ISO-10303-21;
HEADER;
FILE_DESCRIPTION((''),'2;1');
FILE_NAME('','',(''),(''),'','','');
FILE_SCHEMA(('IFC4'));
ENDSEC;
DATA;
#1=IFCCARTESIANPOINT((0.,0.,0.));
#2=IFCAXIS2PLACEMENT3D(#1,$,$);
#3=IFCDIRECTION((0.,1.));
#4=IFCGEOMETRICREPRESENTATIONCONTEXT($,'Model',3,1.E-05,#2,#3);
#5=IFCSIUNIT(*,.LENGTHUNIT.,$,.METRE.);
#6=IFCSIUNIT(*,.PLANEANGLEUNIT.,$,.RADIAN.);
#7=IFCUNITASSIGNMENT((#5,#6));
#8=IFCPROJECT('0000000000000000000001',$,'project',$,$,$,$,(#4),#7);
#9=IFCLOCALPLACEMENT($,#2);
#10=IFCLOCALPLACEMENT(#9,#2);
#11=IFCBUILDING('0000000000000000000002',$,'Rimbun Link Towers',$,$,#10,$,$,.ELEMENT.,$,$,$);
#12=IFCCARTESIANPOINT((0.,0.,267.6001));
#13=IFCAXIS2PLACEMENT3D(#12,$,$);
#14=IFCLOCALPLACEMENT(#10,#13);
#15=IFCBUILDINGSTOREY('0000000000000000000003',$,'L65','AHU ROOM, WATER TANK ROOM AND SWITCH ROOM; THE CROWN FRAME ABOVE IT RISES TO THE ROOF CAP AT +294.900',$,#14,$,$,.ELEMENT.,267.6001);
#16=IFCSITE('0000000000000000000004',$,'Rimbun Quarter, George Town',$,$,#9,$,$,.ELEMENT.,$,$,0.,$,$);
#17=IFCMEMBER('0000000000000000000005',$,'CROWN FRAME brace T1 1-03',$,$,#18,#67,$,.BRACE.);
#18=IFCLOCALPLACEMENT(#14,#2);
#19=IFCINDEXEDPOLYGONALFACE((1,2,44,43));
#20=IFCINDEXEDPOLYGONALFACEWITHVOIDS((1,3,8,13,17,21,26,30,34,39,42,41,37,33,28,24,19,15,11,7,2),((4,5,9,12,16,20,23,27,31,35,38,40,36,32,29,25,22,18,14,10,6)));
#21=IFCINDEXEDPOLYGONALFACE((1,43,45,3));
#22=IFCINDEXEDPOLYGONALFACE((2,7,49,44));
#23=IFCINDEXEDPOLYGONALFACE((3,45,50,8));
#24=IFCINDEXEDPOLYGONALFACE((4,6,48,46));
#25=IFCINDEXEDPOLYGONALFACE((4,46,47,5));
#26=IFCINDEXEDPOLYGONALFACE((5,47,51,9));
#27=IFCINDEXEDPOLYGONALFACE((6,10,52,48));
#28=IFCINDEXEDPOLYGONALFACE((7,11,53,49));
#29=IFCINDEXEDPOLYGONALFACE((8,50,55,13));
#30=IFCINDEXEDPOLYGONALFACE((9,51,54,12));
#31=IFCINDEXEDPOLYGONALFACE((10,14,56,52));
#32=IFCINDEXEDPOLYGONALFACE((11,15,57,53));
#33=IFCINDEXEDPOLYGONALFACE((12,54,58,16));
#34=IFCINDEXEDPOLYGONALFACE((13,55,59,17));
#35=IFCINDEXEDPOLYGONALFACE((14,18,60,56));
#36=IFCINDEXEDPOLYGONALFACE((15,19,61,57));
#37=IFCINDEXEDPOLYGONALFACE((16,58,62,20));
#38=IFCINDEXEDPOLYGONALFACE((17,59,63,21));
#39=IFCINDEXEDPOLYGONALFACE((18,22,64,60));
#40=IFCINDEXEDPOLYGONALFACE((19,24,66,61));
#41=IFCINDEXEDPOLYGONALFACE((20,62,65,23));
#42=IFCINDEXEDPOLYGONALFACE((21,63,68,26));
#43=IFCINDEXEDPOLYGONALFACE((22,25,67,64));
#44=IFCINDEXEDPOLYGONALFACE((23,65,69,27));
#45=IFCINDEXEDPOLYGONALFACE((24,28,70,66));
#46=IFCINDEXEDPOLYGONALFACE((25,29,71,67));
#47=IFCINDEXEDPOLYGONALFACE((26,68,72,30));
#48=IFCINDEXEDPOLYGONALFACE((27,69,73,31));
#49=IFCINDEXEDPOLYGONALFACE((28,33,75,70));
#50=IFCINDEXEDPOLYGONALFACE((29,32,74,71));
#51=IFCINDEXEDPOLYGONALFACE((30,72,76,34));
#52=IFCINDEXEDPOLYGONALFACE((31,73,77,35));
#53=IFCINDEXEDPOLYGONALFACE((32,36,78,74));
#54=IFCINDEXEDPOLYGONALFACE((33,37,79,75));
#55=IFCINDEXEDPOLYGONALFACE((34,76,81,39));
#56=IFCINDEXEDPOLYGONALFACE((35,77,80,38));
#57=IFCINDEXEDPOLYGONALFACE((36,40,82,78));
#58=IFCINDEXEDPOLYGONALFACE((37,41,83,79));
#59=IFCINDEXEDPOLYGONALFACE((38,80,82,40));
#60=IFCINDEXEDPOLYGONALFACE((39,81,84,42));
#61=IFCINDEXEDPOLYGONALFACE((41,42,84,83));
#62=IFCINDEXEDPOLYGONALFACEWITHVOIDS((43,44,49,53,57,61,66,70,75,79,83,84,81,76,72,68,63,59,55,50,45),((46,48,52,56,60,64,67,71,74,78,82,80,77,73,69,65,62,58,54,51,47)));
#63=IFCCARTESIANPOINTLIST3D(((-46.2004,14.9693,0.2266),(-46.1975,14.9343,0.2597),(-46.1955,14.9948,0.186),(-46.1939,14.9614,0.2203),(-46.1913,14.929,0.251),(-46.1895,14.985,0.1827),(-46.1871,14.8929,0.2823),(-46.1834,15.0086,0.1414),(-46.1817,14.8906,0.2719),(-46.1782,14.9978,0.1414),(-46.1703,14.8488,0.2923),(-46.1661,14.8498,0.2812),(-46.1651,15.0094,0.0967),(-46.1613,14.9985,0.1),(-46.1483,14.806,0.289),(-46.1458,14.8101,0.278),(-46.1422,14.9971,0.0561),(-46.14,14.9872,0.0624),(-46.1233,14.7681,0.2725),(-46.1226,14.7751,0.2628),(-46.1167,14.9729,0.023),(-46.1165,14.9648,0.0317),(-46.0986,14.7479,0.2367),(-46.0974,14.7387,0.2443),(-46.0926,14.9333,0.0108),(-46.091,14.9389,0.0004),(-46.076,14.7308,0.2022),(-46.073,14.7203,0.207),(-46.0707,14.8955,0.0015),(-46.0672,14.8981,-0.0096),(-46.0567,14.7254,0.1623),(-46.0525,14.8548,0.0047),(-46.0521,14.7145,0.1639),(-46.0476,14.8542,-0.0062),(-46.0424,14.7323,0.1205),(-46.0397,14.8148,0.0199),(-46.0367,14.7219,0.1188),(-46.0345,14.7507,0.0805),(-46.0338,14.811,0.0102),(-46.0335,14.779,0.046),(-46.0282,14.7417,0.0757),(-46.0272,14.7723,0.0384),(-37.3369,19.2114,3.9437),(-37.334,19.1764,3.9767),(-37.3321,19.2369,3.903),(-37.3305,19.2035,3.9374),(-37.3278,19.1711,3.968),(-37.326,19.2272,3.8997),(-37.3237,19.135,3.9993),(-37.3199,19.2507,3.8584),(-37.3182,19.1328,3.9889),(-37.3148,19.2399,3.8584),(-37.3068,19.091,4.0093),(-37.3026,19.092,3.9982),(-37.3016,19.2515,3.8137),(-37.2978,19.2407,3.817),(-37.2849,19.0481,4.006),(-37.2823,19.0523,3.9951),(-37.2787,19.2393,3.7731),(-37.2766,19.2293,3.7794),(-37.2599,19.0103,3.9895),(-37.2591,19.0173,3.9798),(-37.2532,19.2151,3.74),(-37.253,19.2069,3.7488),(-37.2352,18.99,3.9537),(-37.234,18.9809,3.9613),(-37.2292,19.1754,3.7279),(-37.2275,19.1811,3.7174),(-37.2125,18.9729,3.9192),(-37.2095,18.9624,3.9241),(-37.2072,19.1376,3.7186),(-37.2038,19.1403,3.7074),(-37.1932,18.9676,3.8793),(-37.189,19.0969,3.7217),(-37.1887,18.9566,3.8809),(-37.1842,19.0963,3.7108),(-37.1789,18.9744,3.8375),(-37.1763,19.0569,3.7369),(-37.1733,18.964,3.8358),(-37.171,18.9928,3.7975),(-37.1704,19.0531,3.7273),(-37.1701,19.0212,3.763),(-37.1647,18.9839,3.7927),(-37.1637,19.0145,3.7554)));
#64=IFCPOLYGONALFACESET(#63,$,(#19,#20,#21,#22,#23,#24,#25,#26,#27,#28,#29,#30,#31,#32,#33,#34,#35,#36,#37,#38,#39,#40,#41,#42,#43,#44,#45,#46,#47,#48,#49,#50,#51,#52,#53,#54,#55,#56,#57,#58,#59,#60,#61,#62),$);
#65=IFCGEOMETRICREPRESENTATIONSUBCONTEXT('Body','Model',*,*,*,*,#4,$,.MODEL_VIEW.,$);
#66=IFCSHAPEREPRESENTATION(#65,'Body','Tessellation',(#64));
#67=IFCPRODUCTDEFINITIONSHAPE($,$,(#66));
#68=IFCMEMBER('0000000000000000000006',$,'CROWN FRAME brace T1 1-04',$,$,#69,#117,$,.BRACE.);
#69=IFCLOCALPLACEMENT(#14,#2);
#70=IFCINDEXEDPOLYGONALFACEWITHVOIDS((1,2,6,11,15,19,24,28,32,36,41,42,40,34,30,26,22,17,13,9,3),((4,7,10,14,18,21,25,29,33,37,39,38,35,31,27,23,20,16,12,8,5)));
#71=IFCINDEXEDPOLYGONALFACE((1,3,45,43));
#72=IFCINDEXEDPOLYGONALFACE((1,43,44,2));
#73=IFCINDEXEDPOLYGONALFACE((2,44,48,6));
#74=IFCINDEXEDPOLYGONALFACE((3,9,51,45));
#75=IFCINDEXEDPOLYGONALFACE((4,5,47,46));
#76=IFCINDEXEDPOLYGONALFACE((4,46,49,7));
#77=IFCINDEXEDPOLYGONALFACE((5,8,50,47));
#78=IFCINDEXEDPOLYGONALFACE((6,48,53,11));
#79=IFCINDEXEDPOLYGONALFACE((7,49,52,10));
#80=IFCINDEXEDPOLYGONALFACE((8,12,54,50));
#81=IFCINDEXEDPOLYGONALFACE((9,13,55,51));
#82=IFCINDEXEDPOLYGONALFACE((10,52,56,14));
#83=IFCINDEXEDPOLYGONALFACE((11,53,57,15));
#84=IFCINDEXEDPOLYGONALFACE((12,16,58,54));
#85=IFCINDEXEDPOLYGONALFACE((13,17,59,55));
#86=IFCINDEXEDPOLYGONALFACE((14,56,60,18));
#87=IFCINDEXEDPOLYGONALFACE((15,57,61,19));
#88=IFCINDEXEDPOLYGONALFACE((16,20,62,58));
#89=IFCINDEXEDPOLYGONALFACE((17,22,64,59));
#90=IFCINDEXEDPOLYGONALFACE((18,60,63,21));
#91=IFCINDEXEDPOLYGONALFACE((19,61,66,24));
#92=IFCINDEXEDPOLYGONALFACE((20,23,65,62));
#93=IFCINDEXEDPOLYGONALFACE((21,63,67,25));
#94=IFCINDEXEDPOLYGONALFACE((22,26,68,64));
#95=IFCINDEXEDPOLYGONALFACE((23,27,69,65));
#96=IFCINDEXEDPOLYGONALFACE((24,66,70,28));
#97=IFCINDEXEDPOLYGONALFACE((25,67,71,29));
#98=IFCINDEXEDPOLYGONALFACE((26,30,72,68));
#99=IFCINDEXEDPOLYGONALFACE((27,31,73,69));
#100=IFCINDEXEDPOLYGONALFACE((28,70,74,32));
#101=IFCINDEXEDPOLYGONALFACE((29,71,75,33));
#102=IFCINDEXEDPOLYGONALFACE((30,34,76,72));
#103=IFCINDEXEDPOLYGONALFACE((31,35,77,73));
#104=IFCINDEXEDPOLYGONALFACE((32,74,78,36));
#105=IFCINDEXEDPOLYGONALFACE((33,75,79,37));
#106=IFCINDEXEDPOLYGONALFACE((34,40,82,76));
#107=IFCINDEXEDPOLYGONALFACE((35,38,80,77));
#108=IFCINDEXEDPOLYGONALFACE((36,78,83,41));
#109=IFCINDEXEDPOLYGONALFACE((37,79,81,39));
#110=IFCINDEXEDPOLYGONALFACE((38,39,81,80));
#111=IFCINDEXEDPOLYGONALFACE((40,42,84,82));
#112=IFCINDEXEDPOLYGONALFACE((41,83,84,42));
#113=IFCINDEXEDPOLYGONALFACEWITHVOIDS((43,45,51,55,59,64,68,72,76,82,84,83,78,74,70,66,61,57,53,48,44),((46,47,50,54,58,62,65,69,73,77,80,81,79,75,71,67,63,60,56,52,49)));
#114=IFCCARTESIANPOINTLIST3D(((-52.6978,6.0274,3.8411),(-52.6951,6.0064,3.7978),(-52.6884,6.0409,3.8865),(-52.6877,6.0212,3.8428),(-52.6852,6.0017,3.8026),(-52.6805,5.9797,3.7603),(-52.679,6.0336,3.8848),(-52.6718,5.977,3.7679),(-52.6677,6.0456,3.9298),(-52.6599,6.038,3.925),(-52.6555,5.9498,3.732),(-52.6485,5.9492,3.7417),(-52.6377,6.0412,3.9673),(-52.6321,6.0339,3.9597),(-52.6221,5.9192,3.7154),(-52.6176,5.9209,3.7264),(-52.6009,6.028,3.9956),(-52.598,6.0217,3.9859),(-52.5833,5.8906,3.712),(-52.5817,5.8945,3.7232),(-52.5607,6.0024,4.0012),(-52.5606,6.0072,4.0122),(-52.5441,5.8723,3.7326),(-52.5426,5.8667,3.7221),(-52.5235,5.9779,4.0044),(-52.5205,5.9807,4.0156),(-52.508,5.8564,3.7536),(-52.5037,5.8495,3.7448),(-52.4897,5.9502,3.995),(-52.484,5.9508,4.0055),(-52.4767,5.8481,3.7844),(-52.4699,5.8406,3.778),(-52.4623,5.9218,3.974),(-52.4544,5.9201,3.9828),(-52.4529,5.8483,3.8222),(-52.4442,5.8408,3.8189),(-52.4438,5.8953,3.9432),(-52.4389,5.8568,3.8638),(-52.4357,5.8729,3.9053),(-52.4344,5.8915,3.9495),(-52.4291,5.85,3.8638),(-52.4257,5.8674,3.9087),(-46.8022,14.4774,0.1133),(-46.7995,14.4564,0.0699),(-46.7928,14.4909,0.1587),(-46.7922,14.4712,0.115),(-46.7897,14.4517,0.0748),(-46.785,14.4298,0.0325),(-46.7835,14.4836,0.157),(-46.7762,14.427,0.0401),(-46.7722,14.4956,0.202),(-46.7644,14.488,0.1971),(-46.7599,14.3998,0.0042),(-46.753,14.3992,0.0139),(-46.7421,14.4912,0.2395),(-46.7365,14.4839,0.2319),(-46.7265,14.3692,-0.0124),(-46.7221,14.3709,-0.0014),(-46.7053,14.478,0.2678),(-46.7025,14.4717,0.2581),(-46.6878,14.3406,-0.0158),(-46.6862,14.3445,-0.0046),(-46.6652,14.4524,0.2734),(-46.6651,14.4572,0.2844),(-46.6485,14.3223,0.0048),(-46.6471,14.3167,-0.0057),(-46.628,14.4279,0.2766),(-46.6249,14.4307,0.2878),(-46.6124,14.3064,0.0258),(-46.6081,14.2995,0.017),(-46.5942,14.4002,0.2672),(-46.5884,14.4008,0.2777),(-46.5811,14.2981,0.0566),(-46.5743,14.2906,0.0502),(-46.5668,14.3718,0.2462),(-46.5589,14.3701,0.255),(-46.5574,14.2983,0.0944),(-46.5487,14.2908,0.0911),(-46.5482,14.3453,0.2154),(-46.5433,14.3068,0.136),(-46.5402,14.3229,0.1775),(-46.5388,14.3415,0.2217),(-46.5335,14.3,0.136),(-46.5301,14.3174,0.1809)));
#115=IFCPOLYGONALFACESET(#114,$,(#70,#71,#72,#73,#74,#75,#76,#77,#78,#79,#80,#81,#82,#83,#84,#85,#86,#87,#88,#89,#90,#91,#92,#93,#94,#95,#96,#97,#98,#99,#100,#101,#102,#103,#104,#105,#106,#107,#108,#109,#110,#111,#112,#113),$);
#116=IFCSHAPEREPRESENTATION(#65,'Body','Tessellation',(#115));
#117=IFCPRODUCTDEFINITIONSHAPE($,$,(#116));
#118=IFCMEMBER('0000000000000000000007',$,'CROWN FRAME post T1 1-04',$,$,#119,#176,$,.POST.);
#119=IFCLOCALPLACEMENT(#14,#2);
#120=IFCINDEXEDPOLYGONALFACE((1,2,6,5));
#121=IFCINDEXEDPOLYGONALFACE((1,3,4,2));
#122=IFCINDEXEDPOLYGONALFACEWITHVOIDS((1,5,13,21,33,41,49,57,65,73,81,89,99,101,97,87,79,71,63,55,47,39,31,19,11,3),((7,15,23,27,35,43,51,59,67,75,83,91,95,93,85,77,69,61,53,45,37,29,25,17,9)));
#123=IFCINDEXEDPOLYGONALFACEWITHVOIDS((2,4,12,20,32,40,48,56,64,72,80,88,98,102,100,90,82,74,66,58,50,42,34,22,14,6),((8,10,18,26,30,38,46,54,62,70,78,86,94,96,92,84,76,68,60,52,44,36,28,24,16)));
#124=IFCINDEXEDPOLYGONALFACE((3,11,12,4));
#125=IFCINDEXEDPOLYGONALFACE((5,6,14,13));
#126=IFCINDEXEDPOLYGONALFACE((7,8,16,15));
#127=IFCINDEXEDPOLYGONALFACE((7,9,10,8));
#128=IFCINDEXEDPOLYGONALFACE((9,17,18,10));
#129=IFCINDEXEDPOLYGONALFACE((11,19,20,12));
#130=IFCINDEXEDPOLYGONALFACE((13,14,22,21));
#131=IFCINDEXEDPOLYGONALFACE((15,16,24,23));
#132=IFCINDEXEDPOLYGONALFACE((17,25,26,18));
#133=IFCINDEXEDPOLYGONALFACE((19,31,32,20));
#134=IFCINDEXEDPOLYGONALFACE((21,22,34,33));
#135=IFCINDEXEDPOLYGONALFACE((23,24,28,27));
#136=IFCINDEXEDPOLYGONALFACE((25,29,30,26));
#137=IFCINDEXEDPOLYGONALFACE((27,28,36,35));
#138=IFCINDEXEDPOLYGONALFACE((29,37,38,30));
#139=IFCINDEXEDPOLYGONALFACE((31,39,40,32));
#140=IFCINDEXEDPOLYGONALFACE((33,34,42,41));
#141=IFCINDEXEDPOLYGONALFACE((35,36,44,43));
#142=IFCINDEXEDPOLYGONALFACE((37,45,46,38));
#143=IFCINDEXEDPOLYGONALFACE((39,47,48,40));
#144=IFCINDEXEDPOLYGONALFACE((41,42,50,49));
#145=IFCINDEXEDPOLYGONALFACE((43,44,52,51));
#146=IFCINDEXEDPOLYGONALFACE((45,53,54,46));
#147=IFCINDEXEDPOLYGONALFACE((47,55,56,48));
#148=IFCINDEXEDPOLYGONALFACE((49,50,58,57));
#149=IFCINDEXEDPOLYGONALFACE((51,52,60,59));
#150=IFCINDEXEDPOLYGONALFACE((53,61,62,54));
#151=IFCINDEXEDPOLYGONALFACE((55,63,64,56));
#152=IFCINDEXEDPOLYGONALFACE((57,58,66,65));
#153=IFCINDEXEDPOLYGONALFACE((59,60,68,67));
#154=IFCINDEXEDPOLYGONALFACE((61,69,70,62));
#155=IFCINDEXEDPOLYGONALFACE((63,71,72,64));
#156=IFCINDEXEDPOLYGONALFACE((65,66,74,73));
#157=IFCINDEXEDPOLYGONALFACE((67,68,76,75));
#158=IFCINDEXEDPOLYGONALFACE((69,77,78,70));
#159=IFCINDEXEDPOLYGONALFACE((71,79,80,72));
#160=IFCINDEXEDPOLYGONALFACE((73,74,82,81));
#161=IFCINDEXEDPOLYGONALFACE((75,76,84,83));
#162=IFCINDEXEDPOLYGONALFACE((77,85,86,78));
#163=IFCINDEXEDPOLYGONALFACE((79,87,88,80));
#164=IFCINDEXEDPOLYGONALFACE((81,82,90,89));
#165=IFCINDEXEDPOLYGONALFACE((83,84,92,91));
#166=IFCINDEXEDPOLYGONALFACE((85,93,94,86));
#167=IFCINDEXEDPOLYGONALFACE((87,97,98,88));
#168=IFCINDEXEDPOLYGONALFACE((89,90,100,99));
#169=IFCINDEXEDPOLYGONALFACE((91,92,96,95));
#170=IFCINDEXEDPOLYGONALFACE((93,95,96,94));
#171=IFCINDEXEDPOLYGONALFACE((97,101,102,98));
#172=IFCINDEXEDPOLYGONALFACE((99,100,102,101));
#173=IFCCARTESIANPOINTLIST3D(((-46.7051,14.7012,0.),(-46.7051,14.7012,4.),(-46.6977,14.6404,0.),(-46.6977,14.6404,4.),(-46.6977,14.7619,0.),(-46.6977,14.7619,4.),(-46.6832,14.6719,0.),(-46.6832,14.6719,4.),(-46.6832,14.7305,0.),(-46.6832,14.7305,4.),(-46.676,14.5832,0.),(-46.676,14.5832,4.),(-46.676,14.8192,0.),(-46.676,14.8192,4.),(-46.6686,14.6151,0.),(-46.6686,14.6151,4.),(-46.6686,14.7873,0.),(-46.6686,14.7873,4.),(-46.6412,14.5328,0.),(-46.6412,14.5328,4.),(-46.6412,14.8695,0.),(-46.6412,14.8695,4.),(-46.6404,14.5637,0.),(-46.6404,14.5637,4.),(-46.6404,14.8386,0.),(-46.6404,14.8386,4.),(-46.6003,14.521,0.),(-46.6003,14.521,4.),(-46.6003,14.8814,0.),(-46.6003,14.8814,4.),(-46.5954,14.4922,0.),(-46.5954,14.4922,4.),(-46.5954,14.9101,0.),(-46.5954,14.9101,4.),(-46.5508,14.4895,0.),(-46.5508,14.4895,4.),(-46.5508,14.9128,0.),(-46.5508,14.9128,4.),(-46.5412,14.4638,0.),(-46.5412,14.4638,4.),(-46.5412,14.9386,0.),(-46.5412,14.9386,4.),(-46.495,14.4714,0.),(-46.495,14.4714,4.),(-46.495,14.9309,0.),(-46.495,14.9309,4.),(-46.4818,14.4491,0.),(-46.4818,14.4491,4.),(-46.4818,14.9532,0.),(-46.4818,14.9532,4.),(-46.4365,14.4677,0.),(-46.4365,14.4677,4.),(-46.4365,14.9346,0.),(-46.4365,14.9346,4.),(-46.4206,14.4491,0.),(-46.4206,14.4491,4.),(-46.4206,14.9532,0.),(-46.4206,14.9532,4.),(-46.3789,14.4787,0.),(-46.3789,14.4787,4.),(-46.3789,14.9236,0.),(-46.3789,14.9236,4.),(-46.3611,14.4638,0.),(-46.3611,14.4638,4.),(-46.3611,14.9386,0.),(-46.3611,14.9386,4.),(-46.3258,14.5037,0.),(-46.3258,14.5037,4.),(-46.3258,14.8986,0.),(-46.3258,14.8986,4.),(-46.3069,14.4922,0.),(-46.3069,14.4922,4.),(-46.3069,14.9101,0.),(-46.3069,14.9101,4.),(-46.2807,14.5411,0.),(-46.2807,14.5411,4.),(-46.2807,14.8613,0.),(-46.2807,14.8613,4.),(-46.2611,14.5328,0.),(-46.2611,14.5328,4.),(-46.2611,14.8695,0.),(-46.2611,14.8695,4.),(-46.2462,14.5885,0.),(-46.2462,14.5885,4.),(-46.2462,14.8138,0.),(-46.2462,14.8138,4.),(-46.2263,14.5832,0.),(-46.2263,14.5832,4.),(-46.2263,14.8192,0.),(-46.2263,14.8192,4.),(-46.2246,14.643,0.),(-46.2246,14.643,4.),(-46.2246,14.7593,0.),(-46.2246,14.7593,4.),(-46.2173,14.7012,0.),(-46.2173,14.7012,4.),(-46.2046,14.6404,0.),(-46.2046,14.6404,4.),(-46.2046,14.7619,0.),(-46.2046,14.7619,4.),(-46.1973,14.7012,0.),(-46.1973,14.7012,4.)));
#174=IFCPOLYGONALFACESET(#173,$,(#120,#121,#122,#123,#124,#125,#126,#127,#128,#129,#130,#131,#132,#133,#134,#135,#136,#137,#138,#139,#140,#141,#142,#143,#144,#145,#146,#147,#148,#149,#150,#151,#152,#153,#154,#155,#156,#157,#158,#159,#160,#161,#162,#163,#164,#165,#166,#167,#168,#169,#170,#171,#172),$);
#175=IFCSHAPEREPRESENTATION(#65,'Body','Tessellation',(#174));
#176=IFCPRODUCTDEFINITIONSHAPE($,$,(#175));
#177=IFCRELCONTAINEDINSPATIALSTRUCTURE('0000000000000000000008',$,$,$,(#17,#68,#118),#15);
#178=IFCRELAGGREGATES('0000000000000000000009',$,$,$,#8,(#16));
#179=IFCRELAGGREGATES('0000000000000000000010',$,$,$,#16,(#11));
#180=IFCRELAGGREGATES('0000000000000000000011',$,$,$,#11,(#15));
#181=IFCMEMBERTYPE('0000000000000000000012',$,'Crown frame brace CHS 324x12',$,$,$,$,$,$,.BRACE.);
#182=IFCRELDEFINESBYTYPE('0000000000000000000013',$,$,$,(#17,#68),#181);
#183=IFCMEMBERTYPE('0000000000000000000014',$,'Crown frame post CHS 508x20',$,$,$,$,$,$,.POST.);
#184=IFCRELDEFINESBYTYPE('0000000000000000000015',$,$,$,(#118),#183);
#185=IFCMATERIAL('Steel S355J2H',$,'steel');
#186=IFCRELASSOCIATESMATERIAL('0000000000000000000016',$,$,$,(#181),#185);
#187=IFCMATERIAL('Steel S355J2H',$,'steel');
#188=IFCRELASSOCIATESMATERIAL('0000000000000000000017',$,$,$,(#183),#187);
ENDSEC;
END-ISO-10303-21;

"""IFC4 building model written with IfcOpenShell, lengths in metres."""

from ifc_helpers import new_model, si_unit, direction, frame, origin, origin_2d, place, context, subcontext, project, spatial, hollow_circle, extrude, material, material_profile, profile_set, type_object, element, save


model = new_model("IFC4")

# Units and contexts
model_context = context("Model", 3, precision=1e-05, world=origin(), true_north=direction((0.0, 1.0)))
body_context = subcontext(model_context, "Body", "Model", "MODEL_VIEW")
ifc_project = project(units=[si_unit("LENGTHUNIT", "METRE"), si_unit("PLANEANGLEUNIT", "RADIAN")], contexts=[model_context])

# Site, building, storey
site_placement = place(None, origin())
site = spatial("IfcSite", under=ifc_project, at=site_placement, Name="Rimbun Quarter, George Town", CompositionType="ELEMENT", RefElevation=0.0)
building_placement = place(site_placement, origin())
building = spatial("IfcBuilding", under=site, at=building_placement, Name="Rimbun Link Towers", CompositionType="ELEMENT")
storey_placement = place(building_placement, frame((0.0, 0.0, 267.6001)))
storey = spatial("IfcBuildingStorey", under=building, at=storey_placement, Name="L65", Description="AHU ROOM, WATER TANK ROOM AND SWITCH ROOM; THE CROWN FRAME ABOVE IT RISES TO THE ROOF CAP AT +294.900", CompositionType="ELEMENT", Elevation=267.6001)

# Members
ifc_material_1 = material(Name="Steel S355J2H", Category="steel")
ifc_material_profile_1 = material_profile(ifc_material_1, hollow_circle(Radius=0.1619, WallThickness=0.012, at=origin_2d()), Name="Crown frame brace CHS 324x12")
ifc_profile_set_1 = profile_set([ifc_material_profile_1], Name="Steel S355J2H")
member_type_1 = type_object("IfcMemberType", Name="Crown frame brace CHS 324x12", PredefinedType="BRACE", material=ifc_profile_set_1)
member_1_placement = place(storey_placement, frame((-46.1135, 14.8625, 0.1414), z_axis=(0.843669, 0.40379, 0.353804), x_axis=(-0.431713, 0.902011, 0.0)))
element("IfcMember", 1, at=member_1_placement, inside=storey, type_object=member_type_1, Name="CROWN FRAME brace T1 1-03", PredefinedType="BRACE", context=body_context, shape_type="SweptSolid", body=[
    extrude(hollow_circle(Radius=0.1619, WallThickness=0.012, at=origin_2d()), origin(), (0.0, 0.0, 1.0), 10.5059),
])
member_2_placement = place(storey_placement, frame((-46.6663, 14.3926, 0.136), z_axis=(-0.53806, -0.771195, 0.34022), x_axis=(0.820118, -0.572194, 0.0)))
element("IfcMember", 2, at=member_2_placement, inside=storey, type_object=member_type_1, Name="CROWN FRAME brace T1 1-04", PredefinedType="BRACE", context=body_context, shape_type="SweptSolid", body=[
    extrude(hollow_circle(Radius=0.1619, WallThickness=0.012, at=origin_2d()), origin(), (0.0, 0.0, 1.0), 10.957),
])
ifc_material_2 = material(Name="Steel S355J2H", Category="steel")
ifc_material_profile_2 = material_profile(ifc_material_2, hollow_circle(Radius=0.2539, WallThickness=0.02, at=origin_2d()), Name="Crown frame post CHS 508x20")
ifc_profile_set_2 = profile_set([ifc_material_profile_2], Name="Steel S355J2H")
member_type_2 = type_object("IfcMemberType", Name="Crown frame post CHS 508x20", PredefinedType="POST", material=ifc_profile_set_2)
for number, where, z_axis, x_axis, name in (
    (3, (-46.4512, 14.7012, 0.0), (0.0, 0.0, 1.0), (1.0, 0.0, 0.0), "CROWN FRAME post T1 1-04"),
):
    element("IfcMember", number, at=place(storey_placement, frame(where, z_axis=z_axis, x_axis=x_axis)), inside=storey, type_object=member_type_2, Name=name, PredefinedType="POST", context=body_context, shape_type="SweptSolid", body=[
        extrude(hollow_circle(Radius=0.2539, WallThickness=0.02, at=origin_2d()), origin(), (0.0, 0.0, 1.0), 4.0),
    ])

save(model, "model.ifc")
